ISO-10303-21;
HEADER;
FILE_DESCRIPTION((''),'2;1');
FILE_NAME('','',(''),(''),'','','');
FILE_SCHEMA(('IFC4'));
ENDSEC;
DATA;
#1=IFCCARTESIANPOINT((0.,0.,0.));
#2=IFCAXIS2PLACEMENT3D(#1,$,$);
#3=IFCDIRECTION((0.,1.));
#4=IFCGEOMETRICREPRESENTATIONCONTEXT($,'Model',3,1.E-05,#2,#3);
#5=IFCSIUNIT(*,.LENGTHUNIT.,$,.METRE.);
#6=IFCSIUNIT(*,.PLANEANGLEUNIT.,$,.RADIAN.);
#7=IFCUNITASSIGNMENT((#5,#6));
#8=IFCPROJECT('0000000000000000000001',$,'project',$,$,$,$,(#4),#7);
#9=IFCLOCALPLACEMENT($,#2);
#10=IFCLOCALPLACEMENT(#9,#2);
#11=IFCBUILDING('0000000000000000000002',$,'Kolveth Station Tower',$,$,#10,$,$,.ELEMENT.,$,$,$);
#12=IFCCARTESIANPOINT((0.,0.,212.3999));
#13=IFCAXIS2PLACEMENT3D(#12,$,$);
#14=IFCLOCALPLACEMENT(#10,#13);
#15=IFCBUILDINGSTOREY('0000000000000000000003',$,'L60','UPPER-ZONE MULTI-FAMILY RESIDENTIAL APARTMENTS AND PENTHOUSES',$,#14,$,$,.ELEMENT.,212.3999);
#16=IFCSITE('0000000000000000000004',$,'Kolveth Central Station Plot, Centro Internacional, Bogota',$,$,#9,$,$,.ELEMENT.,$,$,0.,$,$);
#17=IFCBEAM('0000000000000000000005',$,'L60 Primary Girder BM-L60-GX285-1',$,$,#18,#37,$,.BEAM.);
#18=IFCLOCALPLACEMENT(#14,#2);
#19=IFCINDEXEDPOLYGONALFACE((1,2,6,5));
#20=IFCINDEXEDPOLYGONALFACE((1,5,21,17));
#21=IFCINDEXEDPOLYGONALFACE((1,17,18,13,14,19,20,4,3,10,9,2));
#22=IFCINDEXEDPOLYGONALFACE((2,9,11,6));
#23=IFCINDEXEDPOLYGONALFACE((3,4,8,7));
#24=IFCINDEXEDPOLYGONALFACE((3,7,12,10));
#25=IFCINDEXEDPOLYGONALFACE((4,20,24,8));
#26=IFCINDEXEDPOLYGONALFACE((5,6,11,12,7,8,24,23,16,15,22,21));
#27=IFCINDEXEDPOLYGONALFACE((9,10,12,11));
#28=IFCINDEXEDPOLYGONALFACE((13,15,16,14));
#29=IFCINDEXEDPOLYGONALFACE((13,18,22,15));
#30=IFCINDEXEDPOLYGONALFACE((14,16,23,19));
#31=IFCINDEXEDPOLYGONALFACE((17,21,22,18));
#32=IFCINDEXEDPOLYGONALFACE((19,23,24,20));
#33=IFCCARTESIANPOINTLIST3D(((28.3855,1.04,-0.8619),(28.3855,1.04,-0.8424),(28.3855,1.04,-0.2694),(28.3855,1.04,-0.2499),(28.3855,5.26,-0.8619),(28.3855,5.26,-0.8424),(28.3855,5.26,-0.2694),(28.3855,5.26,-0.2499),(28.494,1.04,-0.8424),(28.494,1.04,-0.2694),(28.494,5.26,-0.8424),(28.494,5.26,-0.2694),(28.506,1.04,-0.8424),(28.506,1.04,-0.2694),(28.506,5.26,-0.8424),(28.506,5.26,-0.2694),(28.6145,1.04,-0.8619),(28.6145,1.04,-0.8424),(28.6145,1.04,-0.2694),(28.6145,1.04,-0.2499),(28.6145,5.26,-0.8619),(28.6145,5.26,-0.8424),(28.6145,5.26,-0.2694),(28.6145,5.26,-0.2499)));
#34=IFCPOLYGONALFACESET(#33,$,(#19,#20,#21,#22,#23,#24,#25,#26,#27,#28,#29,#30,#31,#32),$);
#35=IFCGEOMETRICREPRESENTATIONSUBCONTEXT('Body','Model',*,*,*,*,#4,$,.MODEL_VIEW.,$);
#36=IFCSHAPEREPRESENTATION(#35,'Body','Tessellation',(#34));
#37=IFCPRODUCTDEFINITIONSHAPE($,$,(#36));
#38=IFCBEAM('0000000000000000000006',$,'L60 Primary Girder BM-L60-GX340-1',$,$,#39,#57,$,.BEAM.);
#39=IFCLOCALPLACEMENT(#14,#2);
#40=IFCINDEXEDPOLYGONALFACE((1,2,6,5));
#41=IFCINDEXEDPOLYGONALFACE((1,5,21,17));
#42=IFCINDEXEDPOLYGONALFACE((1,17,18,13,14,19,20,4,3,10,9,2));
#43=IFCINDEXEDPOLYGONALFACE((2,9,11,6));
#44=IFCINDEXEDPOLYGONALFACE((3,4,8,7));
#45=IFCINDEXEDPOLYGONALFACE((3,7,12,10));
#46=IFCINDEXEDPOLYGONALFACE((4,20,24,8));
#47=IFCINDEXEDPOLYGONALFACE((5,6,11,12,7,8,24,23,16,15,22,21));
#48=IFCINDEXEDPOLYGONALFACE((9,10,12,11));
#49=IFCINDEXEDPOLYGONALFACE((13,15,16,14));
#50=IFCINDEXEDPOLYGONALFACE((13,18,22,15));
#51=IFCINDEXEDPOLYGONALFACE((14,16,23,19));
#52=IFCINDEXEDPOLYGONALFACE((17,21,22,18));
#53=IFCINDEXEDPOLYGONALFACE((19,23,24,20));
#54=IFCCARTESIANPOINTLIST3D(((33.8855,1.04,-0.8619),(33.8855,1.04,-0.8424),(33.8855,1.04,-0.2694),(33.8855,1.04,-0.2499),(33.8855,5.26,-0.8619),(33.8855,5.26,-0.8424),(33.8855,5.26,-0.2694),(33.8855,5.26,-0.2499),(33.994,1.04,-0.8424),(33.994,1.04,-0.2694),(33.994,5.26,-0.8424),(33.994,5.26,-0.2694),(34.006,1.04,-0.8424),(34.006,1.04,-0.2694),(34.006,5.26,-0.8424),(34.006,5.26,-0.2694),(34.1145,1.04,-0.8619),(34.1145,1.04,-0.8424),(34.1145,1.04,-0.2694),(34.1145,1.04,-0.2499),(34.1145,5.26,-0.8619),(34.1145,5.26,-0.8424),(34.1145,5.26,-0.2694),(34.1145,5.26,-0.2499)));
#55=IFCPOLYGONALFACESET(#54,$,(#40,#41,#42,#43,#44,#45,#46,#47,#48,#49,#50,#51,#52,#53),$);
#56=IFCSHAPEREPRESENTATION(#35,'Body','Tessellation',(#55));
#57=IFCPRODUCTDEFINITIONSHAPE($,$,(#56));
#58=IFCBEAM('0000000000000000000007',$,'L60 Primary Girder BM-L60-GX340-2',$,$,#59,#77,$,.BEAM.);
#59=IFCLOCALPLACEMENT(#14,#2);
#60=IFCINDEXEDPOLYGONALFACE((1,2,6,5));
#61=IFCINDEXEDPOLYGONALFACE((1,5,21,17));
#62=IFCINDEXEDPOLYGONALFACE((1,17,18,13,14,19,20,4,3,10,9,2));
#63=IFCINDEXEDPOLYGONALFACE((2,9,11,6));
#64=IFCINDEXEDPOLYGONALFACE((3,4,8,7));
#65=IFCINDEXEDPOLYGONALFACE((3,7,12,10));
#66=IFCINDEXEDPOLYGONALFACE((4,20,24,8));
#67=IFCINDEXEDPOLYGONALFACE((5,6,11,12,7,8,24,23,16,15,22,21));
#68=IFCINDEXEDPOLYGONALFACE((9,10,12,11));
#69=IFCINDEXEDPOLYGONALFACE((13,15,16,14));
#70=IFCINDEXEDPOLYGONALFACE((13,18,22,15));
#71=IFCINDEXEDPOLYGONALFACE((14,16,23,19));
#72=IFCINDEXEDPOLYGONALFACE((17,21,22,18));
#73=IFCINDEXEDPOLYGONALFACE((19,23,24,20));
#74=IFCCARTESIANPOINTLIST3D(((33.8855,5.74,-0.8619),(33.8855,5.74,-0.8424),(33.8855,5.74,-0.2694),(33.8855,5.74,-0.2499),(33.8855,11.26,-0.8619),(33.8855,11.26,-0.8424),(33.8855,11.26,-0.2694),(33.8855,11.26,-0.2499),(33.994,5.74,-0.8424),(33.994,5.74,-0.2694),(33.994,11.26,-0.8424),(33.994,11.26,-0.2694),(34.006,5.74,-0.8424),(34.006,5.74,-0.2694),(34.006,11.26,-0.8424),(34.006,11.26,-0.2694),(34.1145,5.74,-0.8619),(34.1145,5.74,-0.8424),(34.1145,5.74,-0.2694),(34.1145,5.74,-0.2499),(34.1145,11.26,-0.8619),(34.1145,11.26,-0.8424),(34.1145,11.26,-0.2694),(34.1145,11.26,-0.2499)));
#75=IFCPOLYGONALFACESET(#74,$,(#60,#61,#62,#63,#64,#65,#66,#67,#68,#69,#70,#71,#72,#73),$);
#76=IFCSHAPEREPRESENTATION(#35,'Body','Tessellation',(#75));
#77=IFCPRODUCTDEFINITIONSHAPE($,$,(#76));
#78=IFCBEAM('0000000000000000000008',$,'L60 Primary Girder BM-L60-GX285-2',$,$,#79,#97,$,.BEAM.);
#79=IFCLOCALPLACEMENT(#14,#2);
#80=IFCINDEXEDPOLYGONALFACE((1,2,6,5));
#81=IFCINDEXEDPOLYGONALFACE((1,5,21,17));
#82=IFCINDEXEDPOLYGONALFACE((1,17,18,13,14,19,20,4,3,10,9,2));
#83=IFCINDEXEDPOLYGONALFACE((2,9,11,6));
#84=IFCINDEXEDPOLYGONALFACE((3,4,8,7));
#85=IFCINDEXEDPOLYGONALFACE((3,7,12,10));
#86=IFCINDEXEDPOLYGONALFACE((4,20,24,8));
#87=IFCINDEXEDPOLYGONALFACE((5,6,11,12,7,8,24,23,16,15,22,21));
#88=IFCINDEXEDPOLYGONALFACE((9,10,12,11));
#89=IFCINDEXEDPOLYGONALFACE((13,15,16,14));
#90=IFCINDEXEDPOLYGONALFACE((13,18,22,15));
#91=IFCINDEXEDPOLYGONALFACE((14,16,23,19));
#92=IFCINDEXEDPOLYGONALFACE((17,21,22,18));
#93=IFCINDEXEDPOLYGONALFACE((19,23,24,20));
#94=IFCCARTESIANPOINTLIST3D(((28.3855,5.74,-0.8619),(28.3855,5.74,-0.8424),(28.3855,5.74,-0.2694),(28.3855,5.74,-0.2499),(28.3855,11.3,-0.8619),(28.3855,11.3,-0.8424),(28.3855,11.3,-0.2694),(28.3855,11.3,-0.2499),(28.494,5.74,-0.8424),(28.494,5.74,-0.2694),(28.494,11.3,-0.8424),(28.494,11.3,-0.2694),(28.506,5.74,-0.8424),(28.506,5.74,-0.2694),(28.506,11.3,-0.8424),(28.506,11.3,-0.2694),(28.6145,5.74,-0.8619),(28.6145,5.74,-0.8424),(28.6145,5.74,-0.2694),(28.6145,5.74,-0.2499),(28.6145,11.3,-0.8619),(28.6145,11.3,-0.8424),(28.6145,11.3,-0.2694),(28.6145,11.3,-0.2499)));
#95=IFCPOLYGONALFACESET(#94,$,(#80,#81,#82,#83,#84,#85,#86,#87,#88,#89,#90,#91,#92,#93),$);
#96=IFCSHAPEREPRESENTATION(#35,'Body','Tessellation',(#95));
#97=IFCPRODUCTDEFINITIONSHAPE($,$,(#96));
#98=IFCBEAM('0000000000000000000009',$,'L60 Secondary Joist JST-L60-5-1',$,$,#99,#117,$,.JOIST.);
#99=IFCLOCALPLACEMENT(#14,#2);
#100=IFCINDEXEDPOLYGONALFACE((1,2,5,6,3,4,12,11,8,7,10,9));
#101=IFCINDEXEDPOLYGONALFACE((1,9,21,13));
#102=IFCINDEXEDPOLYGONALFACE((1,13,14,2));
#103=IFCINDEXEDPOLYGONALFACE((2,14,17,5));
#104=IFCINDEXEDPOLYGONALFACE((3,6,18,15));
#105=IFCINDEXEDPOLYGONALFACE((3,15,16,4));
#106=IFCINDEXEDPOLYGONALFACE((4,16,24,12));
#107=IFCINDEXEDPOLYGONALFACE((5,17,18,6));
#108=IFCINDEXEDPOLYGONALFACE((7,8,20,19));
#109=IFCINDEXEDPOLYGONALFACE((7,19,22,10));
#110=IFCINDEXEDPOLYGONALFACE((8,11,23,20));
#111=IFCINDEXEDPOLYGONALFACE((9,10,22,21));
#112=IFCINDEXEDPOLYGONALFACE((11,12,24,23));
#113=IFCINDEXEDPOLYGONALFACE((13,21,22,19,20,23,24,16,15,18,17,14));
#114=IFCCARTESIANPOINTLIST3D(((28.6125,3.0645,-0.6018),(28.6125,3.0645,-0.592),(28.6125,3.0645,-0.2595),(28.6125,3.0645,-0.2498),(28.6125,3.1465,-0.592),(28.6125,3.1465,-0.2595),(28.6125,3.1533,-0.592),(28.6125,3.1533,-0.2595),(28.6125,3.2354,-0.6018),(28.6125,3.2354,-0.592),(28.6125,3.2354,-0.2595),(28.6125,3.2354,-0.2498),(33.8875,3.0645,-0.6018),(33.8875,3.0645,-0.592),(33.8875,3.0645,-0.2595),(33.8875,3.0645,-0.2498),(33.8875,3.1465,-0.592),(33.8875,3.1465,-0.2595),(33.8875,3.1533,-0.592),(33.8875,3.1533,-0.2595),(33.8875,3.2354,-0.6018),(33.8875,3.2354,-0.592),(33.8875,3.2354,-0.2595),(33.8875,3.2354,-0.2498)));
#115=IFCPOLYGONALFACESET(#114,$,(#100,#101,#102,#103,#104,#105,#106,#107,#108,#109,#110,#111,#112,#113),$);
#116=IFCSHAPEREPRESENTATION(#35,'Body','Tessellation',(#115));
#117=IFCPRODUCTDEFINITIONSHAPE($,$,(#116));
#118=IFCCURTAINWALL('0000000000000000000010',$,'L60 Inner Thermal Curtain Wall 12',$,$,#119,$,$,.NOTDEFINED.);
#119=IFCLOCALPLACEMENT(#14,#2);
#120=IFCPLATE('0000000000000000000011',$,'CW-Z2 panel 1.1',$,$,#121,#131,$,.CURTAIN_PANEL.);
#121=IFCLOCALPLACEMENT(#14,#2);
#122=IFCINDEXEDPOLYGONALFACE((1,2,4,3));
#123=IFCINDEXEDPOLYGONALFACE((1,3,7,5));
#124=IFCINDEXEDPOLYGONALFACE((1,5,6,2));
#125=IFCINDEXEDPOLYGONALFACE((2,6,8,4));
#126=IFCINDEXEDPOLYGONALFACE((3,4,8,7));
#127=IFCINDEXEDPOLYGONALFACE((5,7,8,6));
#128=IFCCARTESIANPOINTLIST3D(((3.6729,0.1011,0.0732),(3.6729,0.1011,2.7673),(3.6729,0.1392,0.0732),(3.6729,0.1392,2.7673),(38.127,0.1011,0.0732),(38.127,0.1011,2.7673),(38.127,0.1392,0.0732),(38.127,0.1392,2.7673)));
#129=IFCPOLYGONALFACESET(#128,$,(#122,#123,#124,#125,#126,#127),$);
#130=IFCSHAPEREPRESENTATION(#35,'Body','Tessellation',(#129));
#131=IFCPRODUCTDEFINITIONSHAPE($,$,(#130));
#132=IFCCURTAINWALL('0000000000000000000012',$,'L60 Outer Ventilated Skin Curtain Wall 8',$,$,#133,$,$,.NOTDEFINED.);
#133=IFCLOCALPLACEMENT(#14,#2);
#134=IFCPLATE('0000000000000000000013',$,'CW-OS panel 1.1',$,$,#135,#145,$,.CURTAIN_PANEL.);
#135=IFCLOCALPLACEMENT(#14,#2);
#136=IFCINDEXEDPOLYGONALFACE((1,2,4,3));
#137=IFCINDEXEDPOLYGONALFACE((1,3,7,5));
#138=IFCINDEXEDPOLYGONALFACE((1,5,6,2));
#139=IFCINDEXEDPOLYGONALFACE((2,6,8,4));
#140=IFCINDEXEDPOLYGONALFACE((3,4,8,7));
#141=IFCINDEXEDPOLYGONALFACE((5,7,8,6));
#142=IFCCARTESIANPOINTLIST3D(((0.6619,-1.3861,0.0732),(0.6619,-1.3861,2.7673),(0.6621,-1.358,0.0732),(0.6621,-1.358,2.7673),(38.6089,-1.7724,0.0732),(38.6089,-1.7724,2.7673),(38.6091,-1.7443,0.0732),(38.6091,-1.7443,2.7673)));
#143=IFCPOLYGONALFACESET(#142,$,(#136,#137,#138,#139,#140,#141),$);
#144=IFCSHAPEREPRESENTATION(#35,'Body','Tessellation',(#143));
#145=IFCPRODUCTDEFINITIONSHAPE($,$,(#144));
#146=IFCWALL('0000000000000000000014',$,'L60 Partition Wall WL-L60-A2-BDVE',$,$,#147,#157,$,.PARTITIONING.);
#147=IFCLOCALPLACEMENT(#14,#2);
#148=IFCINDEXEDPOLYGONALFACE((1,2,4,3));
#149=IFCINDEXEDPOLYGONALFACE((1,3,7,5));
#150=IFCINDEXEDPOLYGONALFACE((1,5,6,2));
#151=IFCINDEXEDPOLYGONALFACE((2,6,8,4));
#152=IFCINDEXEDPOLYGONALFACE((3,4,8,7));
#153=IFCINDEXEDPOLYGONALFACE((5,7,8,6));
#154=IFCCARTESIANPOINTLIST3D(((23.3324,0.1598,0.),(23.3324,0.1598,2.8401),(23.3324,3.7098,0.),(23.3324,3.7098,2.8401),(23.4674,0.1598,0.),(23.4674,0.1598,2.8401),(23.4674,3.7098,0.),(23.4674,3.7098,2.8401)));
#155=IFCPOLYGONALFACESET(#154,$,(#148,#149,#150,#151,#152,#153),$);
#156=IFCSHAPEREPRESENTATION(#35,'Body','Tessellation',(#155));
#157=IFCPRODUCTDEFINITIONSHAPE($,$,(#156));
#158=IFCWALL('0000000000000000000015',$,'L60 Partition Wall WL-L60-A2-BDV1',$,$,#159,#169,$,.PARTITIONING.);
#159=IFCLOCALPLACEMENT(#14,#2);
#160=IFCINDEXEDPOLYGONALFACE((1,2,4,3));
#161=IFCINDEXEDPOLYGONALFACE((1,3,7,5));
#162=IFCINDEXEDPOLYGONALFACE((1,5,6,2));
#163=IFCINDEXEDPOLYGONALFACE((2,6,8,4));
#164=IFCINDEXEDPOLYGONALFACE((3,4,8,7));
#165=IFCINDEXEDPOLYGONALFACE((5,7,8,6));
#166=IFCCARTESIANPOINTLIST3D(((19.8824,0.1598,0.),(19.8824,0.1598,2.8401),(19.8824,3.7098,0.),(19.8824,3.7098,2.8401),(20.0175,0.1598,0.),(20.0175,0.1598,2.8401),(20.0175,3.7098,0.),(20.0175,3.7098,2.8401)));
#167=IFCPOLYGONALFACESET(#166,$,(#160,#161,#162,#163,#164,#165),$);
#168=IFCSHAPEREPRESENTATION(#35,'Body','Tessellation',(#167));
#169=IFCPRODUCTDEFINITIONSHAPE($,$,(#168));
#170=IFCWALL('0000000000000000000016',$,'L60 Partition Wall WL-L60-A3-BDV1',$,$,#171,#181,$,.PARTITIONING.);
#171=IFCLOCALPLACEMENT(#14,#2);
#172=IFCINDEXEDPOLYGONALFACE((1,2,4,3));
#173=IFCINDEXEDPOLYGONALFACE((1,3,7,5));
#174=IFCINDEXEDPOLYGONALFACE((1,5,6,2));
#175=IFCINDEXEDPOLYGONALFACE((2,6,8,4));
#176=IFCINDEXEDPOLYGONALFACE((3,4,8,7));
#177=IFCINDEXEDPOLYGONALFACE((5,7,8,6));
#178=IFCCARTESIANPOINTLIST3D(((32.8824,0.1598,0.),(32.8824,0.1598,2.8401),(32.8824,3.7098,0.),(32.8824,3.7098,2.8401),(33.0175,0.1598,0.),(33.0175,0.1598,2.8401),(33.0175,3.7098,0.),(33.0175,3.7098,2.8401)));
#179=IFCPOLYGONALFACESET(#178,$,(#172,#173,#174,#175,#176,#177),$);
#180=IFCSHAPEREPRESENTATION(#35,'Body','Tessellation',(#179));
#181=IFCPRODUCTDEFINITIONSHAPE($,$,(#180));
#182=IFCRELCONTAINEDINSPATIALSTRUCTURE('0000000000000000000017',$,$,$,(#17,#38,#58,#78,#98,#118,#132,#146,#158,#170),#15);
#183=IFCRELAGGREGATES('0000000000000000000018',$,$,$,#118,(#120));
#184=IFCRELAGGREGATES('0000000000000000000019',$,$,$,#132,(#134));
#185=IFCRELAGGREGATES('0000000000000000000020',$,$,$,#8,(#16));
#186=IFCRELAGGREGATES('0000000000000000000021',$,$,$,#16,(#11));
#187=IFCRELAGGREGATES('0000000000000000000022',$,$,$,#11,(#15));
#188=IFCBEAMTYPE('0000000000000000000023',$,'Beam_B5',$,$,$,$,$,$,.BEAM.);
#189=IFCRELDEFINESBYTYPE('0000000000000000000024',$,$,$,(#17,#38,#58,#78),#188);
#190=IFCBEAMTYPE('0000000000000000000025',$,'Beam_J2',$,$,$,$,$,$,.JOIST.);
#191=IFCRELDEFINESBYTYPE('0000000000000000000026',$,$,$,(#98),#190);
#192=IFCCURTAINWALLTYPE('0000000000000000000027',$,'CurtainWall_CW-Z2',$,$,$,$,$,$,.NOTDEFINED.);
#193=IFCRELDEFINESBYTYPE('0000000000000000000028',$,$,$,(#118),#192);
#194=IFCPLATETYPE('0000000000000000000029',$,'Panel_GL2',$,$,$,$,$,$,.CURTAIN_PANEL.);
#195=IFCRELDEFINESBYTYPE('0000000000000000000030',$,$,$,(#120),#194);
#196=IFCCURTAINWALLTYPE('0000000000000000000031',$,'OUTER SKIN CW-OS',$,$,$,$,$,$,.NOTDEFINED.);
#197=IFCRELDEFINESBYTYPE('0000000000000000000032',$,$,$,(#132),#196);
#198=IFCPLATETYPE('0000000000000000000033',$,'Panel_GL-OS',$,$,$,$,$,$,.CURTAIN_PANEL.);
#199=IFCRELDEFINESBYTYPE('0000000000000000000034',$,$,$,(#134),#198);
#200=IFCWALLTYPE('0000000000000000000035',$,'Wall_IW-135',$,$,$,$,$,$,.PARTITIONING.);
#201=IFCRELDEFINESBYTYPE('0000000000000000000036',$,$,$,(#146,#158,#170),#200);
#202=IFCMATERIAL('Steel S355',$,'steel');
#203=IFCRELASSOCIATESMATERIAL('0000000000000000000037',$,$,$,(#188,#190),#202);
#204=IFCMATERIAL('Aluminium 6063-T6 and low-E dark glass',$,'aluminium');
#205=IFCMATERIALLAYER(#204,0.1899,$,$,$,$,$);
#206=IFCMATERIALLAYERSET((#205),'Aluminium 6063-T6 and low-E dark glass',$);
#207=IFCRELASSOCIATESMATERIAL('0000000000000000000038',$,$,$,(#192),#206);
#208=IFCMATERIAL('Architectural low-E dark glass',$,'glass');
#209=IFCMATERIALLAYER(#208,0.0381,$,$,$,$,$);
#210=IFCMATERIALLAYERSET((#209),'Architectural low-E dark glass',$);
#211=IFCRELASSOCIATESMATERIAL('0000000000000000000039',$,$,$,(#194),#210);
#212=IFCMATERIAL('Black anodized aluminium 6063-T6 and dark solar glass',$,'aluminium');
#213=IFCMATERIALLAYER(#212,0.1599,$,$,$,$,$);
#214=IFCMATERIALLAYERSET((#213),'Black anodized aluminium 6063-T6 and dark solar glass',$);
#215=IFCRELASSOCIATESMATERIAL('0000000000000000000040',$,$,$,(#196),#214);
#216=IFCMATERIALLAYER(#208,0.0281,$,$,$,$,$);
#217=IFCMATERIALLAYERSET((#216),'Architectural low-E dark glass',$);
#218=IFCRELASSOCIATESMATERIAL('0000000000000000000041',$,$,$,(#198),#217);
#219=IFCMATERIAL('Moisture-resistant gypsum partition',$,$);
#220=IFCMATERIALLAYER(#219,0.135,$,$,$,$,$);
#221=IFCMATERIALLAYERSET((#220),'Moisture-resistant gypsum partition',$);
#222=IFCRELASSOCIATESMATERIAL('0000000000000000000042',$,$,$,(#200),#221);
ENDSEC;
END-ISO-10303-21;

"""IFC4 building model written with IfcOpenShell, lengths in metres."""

from ifc_helpers import new_model, si_unit, direction, frame, frame_2d, origin, origin_2d, place, context, subcontext, project, spatial, rectangle, i_section, extrude, source, transform, mapped, material, layer, layer_set, material_profile, profile_set, type_object, element, aggregate, save


model = new_model("IFC4")

# Units and contexts
model_context = context("Model", 3, precision=1e-05, world=origin(), true_north=direction((0.0, 1.0)))
body_context = subcontext(model_context, "Body", "Model", "MODEL_VIEW")
ifc_project = project(units=[si_unit("LENGTHUNIT", "METRE"), si_unit("PLANEANGLEUNIT", "RADIAN")], contexts=[model_context])

# Site, building, storey
site_placement = place(None, origin())
site = spatial("IfcSite", under=ifc_project, at=site_placement, Name="Kolveth Central Station Plot, Centro Internacional, Bogota", CompositionType="ELEMENT", RefElevation=0.0)
building_placement = place(site_placement, origin())
building = spatial("IfcBuilding", under=site, at=building_placement, Name="Kolveth Station Tower", CompositionType="ELEMENT")
storey_placement = place(building_placement, frame((0.0, 0.0, 212.3999)))
storey = spatial("IfcBuildingStorey", under=building, at=storey_placement, Name="L60", Description="UPPER-ZONE MULTI-FAMILY RESIDENTIAL APARTMENTS AND PENTHOUSES", CompositionType="ELEMENT", Elevation=212.3999)

# Shared definitions
ifc_material_1 = material(Name="Steel S355", Category="steel")

# Beams
ifc_material_profile_1 = material_profile(ifc_material_1, i_section(OverallWidth=0.229, OverallDepth=0.6121, WebThickness=0.012, FlangeThickness=0.0195, at=origin_2d()), Name="W610x125")
ifc_profile_set_1 = profile_set([ifc_material_profile_1], Name="Steel S355")
beam_type_1 = type_object("IfcBeamType", Name="Beam_B5", PredefinedType="BEAM", material=ifc_profile_set_1)
shared_shape_1 = source(origin(), body_context, "Body", "SweptSolid", [
    extrude(i_section(OverallWidth=0.229, OverallDepth=0.6121, WebThickness=0.012, FlangeThickness=0.0195, at=origin_2d()), origin(), (0.0, 0.0, 1.0), 4.22),
])
for number, where, z_axis, x_axis, name in (
    (1, (28.5, 1.04, -0.5559), (0.0, 1.0, 0.0), (-1.0, 0.0, 0.0), "L60 Primary Girder BM-L60-GX285-1"),
    (2, (34.0, 1.04, -0.5559), (0.0, 1.0, 0.0), (-1.0, 0.0, 0.0), "L60 Primary Girder BM-L60-GX340-1"),
):
    element("IfcBeam", number, at=place(storey_placement, frame(where, z_axis=z_axis, x_axis=x_axis)), inside=storey, type_object=beam_type_1, Name=name, PredefinedType="BEAM", context=body_context, shape_type="MappedRepresentation", body=[
        mapped(shared_shape_1, transform((0.0, 0.0, 0.0), x_axis=(1.0, 0.0, 0.0), y_axis=(0.0, 1.0, 0.0), z_axis=(0.0, 0.0, 1.0), scale=1.0)),
    ])
shared_shape_2 = source(origin(), body_context, "Body", "SweptSolid", [
    extrude(i_section(OverallWidth=0.229, OverallDepth=0.6121, WebThickness=0.012, FlangeThickness=0.0195, at=origin_2d()), origin(), (0.0, 0.0, 1.0), 5.52),
])
beam_1_placement = place(storey_placement, frame((34.0, 5.74, -0.5559), z_axis=(0.0, 1.0, 0.0), x_axis=(-1.0, 0.0, 0.0)))
element("IfcBeam", 3, at=beam_1_placement, inside=storey, type_object=beam_type_1, Name="L60 Primary Girder BM-L60-GX340-2", PredefinedType="BEAM", context=body_context, shape_type="MappedRepresentation", body=[
    mapped(shared_shape_2, transform((0.0, 0.0, 0.0), x_axis=(1.0, 0.0, 0.0), y_axis=(0.0, 1.0, 0.0), z_axis=(0.0, 0.0, 1.0), scale=1.0)),
])
shared_shape_3 = source(origin(), body_context, "Body", "SweptSolid", [
    extrude(i_section(OverallWidth=0.229, OverallDepth=0.6121, WebThickness=0.012, FlangeThickness=0.0195, at=origin_2d()), origin(), (0.0, 0.0, 1.0), 5.5601),
])
beam_2_placement = place(storey_placement, frame((28.5, 5.74, -0.5559), z_axis=(0.0, 1.0, 0.0), x_axis=(-1.0, 0.0, 0.0)))
element("IfcBeam", 4, at=beam_2_placement, inside=storey, type_object=beam_type_1, Name="L60 Primary Girder BM-L60-GX285-2", PredefinedType="BEAM", context=body_context, shape_type="MappedRepresentation", body=[
    mapped(shared_shape_3, transform((0.0, 0.0, 0.0), x_axis=(1.0, 0.0, 0.0), y_axis=(0.0, 1.0, 0.0), z_axis=(0.0, 0.0, 1.0), scale=1.0)),
])
ifc_material_profile_2 = material_profile(ifc_material_1, i_section(OverallWidth=0.1709, OverallDepth=0.3521, WebThickness=0.0068, FlangeThickness=0.0098, at=origin_2d()), Name="W360x44")
ifc_profile_set_2 = profile_set([ifc_material_profile_2], Name="Steel S355")
beam_type_2 = type_object("IfcBeamType", Name="Beam_J2", PredefinedType="JOIST", material=ifc_profile_set_2)
shared_shape_4 = source(origin(), body_context, "Body", "SweptSolid", [
    extrude(i_section(OverallWidth=0.1709, OverallDepth=0.3521, WebThickness=0.0068, FlangeThickness=0.0098, at=origin_2d()), origin(), (0.0, 0.0, 1.0), 5.2749),
])
beam_3_placement = place(storey_placement, frame((28.6125, 3.1499, -0.4258), z_axis=(1.0, 0.0, 0.0), x_axis=(0.0, 1.0, 0.0)))
element("IfcBeam", 5, at=beam_3_placement, inside=storey, type_object=beam_type_2, Name="L60 Secondary Joist JST-L60-5-1", PredefinedType="JOIST", context=body_context, shape_type="MappedRepresentation", body=[
    mapped(shared_shape_4, transform((0.0, 0.0, 0.0), x_axis=(1.0, 0.0, 0.0), y_axis=(0.0, 1.0, 0.0), z_axis=(0.0, 0.0, 1.0), scale=1.0)),
])

# Curtain walls, plates
ifc_material_2 = material(Name="Aluminium 6063-T6 and low-E dark glass", Category="aluminium")
ifc_layer_1 = layer(ifc_material_2, 0.1899)
ifc_layer_set_1 = layer_set([ifc_layer_1], Name="Aluminium 6063-T6 and low-E dark glass")
curtain_wall_type_1 = type_object("IfcCurtainWallType", Name="CurtainWall_CW-Z2", PredefinedType="NOTDEFINED", material=ifc_layer_set_1)
curtain_wall_1_placement = place(storey_placement, origin())
curtain_wall_1 = element("IfcCurtainWall", 6, at=curtain_wall_1_placement, inside=storey, type_object=curtain_wall_type_1, Name="L60 Inner Thermal Curtain Wall 12", PredefinedType="NOTDEFINED")
ifc_material_3 = material(Name="Architectural low-E dark glass", Category="glass")
ifc_layer_2 = layer(ifc_material_3, 0.0381)
ifc_layer_set_2 = layer_set([ifc_layer_2], Name="Architectural low-E dark glass")
plate_type_1 = type_object("IfcPlateType", Name="Panel_GL2", PredefinedType="CURTAIN_PANEL", material=ifc_layer_set_2)
shared_shape_5 = source(origin(), body_context, "Body", "SweptSolid", [
    extrude(rectangle(XDim=34.4541, YDim=0.0381, at=origin_2d()), origin(), (0.0, 0.0, 1.0), 2.6941),
])
plate_1_placement = place(storey_placement, frame((20.8999, 0.1201, 0.0732), z_axis=(0.0, 0.0, 1.0), x_axis=(1.0, 0.0, 0.0)))
plate_1 = element("IfcPlate", 7, at=plate_1_placement, type_object=plate_type_1, Name="CW-Z2 panel 1.1", PredefinedType="CURTAIN_PANEL", context=body_context, shape_type="MappedRepresentation", body=[
    mapped(shared_shape_5, transform((0.0, 0.0, 0.0), x_axis=(1.0, 0.0, 0.0), y_axis=(0.0, 1.0, 0.0), z_axis=(0.0, 0.0, 1.0), scale=1.0)),
])
aggregate(curtain_wall_1, [plate_1])
ifc_material_4 = material(Name="Black anodized aluminium 6063-T6 and dark solar glass", Category="aluminium")
ifc_layer_3 = layer(ifc_material_4, 0.1599)
ifc_layer_set_3 = layer_set([ifc_layer_3], Name="Black anodized aluminium 6063-T6 and dark solar glass")
curtain_wall_type_2 = type_object("IfcCurtainWallType", Name="OUTER SKIN CW-OS", PredefinedType="NOTDEFINED", material=ifc_layer_set_3)
curtain_wall_2_placement = place(storey_placement, origin())
curtain_wall_2 = element("IfcCurtainWall", 8, at=curtain_wall_2_placement, inside=storey, type_object=curtain_wall_type_2, Name="L60 Outer Ventilated Skin Curtain Wall 8", PredefinedType="NOTDEFINED")
ifc_layer_4 = layer(ifc_material_3, 0.0281)
ifc_layer_set_4 = layer_set([ifc_layer_4], Name="Architectural low-E dark glass")
plate_type_2 = type_object("IfcPlateType", Name="Panel_GL-OS", PredefinedType="CURTAIN_PANEL", material=ifc_layer_set_4)
shared_shape_6 = source(origin(), body_context, "Body", "SweptSolid", [
    extrude(rectangle(XDim=37.949, YDim=0.0281, at=origin_2d()), origin(), (0.0, 0.0, 1.0), 2.6941),
])
plate_2_placement = place(storey_placement, frame((19.6355, -1.5652, 0.0732), z_axis=(0.0, 0.0, 1.0), x_axis=(0.999948, -0.01018, 0.0)))
plate_2 = element("IfcPlate", 9, at=plate_2_placement, type_object=plate_type_2, Name="CW-OS panel 1.1", PredefinedType="CURTAIN_PANEL", context=body_context, shape_type="MappedRepresentation", body=[
    mapped(shared_shape_6, transform((0.0, 0.0, 0.0), x_axis=(1.0, 0.0, 0.0), y_axis=(0.0, 1.0, 0.0), z_axis=(0.0, 0.0, 1.0), scale=1.0)),
])
aggregate(curtain_wall_2, [plate_2])

# Wall
ifc_material_5 = material(Name="Moisture-resistant gypsum partition")
ifc_layer_5 = layer(ifc_material_5, 0.135)
ifc_layer_set_5 = layer_set([ifc_layer_5], Name="Moisture-resistant gypsum partition")
wall_type_1 = type_object("IfcWallType", Name="Wall_IW-135", PredefinedType="PARTITIONING", material=ifc_layer_set_5)
wall_1_placement = place(storey_placement, frame((23.3999, 0.1599, 0.0), z_axis=(0.0, 0.0, 1.0), x_axis=(0.0, 1.0, 0.0)))
element("IfcWall", 10, at=wall_1_placement, inside=storey, type_object=wall_type_1, Name="L60 Partition Wall WL-L60-A2-BDVE", PredefinedType="PARTITIONING", context=body_context, shape_type="SweptSolid", body=[
    extrude(rectangle(XDim=3.55, YDim=0.135, at=frame_2d((1.7749, 0.0))), origin(), (0.0, 0.0, 1.0), 2.8401),
])

# Wall
wall_2_placement = place(storey_placement, frame((19.95, 0.1599, 0.0), z_axis=(0.0, 0.0, 1.0), x_axis=(0.0, 1.0, 0.0)))
element("IfcWall", 11, at=wall_2_placement, inside=storey, type_object=wall_type_1, Name="L60 Partition Wall WL-L60-A2-BDV1", PredefinedType="PARTITIONING", context=body_context, shape_type="SweptSolid", body=[
    extrude(rectangle(XDim=3.55, YDim=0.135, at=frame_2d((1.7749, 0.0))), origin(), (0.0, 0.0, 1.0), 2.8401),
])

# Wall
wall_3_placement = place(storey_placement, frame((32.95, 0.1599, 0.0), z_axis=(0.0, 0.0, 1.0), x_axis=(0.0, 1.0, 0.0)))
element("IfcWall", 12, at=wall_3_placement, inside=storey, type_object=wall_type_1, Name="L60 Partition Wall WL-L60-A3-BDV1", PredefinedType="PARTITIONING", context=body_context, shape_type="SweptSolid", body=[
    extrude(rectangle(XDim=3.55, YDim=0.135, at=frame_2d((1.7749, 0.0))), origin(), (0.0, 0.0, 1.0), 2.8401),
])

save(model, "model.ifc")
